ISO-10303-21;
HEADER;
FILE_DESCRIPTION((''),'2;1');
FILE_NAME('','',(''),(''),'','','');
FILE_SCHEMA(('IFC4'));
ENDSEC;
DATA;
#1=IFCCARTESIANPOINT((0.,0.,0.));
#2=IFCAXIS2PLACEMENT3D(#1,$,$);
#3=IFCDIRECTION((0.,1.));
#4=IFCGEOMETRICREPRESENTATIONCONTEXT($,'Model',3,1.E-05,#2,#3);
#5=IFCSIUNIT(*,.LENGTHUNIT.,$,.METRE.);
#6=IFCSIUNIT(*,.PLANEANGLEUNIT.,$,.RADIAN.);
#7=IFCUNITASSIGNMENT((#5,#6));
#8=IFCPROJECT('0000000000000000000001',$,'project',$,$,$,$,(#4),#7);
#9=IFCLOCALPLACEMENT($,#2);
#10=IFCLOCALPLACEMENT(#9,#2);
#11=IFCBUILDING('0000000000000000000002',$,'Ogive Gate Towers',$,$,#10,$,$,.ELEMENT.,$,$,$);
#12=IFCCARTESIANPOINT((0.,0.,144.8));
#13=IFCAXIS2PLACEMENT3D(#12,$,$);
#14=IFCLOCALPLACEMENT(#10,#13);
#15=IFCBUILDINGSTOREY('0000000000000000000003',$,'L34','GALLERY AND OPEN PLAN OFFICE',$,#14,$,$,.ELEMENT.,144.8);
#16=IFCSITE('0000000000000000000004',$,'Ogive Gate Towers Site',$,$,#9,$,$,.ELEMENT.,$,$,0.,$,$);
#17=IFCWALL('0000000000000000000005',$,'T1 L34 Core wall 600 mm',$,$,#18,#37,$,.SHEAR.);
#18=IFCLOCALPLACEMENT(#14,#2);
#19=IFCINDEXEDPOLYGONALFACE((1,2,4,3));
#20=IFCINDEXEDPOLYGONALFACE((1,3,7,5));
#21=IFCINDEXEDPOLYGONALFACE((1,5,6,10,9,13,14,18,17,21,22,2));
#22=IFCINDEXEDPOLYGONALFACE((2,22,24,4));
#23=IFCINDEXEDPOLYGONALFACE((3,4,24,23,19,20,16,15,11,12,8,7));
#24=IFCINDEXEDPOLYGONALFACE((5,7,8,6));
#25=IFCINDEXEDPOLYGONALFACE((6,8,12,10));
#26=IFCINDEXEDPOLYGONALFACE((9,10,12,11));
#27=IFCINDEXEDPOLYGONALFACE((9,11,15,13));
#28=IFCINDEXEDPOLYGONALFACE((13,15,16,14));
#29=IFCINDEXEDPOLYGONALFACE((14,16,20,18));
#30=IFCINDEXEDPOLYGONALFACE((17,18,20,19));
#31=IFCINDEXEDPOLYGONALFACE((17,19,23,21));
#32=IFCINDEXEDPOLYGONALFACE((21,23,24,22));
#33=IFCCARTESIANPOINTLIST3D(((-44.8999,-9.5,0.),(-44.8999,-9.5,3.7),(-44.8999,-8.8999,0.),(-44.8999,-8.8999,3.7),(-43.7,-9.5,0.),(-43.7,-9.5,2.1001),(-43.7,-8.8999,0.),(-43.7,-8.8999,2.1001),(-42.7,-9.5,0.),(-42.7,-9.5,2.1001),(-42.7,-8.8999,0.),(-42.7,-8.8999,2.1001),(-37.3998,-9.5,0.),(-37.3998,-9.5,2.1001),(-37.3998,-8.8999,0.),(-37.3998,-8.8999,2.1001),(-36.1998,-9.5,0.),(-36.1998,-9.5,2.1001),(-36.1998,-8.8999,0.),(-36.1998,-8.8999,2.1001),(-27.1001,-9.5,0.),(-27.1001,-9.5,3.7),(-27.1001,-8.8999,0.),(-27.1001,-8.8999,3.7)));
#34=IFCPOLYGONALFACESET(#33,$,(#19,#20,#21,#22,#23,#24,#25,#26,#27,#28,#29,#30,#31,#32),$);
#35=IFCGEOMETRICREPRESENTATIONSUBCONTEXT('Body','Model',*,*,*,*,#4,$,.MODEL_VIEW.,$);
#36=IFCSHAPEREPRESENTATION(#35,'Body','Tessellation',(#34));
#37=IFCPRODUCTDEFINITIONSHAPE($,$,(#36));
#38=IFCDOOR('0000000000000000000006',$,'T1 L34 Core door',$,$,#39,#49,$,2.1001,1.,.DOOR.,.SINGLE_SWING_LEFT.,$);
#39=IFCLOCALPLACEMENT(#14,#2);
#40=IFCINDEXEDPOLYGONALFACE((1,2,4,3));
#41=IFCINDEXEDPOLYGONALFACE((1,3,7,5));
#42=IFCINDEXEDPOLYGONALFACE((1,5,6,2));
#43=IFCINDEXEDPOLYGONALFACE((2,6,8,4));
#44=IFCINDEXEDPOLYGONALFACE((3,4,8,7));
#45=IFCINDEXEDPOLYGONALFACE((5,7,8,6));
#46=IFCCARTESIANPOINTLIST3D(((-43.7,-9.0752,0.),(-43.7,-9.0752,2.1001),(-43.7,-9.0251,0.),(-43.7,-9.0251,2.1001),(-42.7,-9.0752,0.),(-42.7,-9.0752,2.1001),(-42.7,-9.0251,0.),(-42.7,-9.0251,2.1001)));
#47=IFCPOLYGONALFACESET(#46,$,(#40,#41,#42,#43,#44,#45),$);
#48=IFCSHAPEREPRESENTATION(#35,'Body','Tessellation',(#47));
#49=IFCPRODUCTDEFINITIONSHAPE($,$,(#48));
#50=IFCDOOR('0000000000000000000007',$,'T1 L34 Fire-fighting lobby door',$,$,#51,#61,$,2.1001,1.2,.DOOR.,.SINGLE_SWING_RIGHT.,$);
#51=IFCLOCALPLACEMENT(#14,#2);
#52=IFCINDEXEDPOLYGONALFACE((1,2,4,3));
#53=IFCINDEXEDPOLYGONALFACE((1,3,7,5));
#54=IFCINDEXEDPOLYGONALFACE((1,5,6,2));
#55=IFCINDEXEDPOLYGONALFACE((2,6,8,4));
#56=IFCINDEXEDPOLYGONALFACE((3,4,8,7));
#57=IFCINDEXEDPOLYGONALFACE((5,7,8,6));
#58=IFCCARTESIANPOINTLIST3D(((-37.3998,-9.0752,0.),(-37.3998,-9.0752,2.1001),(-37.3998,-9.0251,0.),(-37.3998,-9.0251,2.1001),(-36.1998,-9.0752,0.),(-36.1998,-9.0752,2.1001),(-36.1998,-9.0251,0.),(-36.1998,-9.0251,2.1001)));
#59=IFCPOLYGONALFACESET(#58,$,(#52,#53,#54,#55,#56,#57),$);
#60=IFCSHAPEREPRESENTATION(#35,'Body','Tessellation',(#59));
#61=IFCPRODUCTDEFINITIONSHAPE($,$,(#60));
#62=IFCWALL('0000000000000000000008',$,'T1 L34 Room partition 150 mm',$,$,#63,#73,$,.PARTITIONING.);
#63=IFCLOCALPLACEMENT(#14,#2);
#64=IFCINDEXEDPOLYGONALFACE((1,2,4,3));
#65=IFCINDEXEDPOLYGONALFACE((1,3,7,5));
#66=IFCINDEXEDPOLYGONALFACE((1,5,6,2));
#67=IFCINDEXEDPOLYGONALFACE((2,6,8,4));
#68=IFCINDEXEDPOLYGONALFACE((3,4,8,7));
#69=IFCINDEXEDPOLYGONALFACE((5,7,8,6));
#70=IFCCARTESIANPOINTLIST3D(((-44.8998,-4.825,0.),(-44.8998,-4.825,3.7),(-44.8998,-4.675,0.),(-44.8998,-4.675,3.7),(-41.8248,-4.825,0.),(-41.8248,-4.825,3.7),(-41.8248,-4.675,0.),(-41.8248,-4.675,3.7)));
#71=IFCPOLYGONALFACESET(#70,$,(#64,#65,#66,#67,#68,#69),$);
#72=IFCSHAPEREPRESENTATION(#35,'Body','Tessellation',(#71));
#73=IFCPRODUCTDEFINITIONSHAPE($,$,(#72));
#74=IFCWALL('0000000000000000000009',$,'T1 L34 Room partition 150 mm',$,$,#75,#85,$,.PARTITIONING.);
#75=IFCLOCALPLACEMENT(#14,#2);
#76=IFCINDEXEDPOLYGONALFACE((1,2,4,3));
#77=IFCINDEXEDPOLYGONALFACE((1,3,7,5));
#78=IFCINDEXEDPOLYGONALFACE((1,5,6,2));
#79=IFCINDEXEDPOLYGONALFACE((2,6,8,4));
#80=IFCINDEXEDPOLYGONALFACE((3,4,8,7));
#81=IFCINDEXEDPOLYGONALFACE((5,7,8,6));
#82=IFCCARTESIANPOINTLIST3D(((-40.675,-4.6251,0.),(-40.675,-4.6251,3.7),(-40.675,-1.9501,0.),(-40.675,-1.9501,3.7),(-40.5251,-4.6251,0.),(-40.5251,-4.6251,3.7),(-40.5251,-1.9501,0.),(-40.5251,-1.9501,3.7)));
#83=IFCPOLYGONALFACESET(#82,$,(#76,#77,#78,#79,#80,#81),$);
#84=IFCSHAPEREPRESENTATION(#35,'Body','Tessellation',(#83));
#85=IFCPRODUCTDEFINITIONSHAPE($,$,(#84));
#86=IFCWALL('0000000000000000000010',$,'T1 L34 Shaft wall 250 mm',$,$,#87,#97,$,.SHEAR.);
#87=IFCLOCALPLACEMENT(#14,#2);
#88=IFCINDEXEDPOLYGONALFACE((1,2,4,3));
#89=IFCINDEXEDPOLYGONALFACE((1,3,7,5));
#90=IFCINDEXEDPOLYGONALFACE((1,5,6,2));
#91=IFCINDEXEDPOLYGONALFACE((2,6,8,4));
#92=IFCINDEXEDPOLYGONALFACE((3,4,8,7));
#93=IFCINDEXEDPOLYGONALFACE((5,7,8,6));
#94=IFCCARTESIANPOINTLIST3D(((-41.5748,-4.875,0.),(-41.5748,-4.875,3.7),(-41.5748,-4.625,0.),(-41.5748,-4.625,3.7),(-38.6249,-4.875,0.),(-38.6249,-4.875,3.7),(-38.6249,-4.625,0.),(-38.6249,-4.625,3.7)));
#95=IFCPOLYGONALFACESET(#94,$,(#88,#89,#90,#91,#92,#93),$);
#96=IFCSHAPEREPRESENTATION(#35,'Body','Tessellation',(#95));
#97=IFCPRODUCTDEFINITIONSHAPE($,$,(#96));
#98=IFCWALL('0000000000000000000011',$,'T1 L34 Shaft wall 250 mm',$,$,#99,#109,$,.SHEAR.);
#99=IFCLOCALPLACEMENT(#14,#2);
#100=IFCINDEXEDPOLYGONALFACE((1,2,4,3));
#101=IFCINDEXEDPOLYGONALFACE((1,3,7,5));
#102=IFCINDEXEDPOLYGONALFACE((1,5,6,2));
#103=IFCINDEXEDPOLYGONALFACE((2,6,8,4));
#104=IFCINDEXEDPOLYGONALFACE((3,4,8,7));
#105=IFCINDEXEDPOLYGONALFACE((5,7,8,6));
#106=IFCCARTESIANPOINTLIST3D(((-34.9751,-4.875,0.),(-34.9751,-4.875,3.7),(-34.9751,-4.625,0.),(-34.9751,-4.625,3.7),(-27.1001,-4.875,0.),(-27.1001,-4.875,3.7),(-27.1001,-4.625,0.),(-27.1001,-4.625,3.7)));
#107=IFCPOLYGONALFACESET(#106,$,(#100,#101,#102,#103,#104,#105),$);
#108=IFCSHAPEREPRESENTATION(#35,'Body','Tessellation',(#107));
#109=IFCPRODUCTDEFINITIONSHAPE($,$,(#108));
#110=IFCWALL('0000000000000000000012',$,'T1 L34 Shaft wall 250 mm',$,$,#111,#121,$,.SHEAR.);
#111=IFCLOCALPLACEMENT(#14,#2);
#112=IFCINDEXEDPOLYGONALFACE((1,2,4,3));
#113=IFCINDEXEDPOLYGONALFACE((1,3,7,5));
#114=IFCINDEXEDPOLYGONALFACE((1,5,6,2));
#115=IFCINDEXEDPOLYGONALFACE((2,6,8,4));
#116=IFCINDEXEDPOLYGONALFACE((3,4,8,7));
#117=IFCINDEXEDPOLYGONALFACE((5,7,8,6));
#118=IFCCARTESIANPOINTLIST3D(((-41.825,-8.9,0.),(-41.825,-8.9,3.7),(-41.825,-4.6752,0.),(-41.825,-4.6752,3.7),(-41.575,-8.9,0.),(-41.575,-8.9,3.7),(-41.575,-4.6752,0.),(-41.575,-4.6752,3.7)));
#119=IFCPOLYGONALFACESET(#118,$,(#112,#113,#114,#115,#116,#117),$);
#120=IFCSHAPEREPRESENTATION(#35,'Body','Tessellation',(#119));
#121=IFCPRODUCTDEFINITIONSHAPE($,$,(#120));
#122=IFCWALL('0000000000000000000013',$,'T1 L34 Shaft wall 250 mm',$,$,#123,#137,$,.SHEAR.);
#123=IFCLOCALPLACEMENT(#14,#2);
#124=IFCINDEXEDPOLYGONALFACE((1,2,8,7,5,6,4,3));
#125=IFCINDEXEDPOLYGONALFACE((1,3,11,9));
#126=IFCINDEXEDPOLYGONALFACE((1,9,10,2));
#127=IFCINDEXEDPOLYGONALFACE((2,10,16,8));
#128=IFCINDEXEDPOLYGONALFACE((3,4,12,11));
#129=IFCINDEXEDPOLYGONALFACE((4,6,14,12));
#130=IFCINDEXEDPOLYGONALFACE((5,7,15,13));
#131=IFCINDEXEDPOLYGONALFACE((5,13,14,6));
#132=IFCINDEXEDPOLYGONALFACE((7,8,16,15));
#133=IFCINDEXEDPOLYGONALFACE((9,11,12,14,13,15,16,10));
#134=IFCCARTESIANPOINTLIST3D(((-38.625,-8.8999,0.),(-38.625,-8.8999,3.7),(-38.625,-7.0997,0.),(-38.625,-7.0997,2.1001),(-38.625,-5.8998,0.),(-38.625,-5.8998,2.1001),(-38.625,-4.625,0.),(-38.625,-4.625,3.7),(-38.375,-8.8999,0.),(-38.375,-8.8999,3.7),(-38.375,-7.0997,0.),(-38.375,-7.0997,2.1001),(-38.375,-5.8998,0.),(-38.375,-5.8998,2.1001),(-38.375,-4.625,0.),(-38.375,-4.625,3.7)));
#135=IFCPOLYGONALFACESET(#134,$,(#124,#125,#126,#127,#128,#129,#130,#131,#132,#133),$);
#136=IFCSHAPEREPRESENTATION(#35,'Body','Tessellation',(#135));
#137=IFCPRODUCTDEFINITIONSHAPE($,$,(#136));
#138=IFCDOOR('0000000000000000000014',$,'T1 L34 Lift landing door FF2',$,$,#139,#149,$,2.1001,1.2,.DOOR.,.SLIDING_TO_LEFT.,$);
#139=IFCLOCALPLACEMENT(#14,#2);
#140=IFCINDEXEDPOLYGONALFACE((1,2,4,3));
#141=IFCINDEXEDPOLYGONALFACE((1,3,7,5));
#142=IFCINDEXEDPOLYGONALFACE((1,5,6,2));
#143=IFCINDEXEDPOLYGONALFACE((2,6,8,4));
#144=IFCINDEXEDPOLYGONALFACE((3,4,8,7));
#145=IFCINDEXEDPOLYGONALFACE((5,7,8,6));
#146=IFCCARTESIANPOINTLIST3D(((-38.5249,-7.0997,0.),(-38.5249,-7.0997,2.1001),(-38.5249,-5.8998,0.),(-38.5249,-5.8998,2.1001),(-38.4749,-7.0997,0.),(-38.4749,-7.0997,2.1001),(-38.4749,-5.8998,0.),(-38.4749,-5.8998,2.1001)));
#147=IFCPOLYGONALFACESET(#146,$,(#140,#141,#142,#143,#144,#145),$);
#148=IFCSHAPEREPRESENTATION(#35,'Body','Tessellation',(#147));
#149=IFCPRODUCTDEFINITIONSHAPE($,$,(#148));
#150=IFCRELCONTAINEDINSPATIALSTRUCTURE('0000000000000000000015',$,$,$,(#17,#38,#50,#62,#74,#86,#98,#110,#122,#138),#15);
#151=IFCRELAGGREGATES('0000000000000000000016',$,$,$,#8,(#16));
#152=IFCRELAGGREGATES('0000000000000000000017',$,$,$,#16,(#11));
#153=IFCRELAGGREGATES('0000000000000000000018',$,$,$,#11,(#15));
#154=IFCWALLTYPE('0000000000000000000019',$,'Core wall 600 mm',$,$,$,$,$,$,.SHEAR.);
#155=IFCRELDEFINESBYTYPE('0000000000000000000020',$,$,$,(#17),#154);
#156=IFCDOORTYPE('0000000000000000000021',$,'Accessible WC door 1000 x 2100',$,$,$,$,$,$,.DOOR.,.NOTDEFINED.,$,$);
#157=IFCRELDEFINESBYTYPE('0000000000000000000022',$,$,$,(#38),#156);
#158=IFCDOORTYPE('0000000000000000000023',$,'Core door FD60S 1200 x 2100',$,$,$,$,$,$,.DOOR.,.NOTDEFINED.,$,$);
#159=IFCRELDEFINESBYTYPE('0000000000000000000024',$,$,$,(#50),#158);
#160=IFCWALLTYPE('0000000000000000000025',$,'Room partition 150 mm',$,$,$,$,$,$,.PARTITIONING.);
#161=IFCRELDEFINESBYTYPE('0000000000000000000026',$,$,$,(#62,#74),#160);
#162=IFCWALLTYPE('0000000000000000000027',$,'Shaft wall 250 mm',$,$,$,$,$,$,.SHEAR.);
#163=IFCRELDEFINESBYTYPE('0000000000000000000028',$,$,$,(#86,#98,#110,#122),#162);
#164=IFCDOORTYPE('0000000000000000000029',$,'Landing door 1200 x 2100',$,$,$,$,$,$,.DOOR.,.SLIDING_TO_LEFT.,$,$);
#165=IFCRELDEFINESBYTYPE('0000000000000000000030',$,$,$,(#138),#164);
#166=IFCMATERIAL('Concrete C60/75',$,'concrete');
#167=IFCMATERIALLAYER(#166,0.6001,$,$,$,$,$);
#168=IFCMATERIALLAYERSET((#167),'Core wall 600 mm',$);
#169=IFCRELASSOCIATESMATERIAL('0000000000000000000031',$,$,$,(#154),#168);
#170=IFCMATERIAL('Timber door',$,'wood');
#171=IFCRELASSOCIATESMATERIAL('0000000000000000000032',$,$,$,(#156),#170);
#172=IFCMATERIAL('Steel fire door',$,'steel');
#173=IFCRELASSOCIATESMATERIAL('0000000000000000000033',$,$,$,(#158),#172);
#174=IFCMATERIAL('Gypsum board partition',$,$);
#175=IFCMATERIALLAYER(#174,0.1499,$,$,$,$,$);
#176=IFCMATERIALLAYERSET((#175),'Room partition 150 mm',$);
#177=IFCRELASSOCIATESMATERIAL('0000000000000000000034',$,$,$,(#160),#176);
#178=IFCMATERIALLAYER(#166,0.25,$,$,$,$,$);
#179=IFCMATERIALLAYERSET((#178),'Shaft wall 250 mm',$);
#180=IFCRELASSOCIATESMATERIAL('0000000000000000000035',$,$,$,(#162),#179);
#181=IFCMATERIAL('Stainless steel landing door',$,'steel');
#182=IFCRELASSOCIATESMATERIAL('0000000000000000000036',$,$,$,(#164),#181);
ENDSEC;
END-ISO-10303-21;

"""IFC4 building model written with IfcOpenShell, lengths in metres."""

from ifc_helpers import new_model, si_unit, direction, frame, frame_2d, origin, place, context, subcontext, project, spatial, rectangle, extrude, material, layer, layer_set, type_object, element, fill, save


model = new_model("IFC4")

# Units and contexts
model_context = context("Model", 3, precision=1e-05, world=origin(), true_north=direction((0.0, 1.0)))
body_context = subcontext(model_context, "Body", "Model", "MODEL_VIEW")
ifc_project = project(units=[si_unit("LENGTHUNIT", "METRE"), si_unit("PLANEANGLEUNIT", "RADIAN")], contexts=[model_context])

# Site, building, storey
site_placement = place(None, origin())
site = spatial("IfcSite", under=ifc_project, at=site_placement, Name="Ogive Gate Towers Site", CompositionType="ELEMENT", RefElevation=0.0)
building_placement = place(site_placement, origin())
building = spatial("IfcBuilding", under=site, at=building_placement, Name="Ogive Gate Towers", CompositionType="ELEMENT")
storey_placement = place(building_placement, frame((0.0, 0.0, 144.8)))
storey = spatial("IfcBuildingStorey", under=building, at=storey_placement, Name="L34", Description="GALLERY AND OPEN PLAN OFFICE", CompositionType="ELEMENT", Elevation=144.8)

# Wall, openings, doors
ifc_material_1 = material(Name="Concrete C60/75", Category="concrete")
ifc_layer_1 = layer(ifc_material_1, 0.6001)
ifc_layer_set_1 = layer_set([ifc_layer_1], Name="Core wall 600 mm")
wall_type_1 = type_object("IfcWallType", Name="Core wall 600 mm", PredefinedType="SHEAR", material=ifc_layer_set_1)
wall_1_placement = place(storey_placement, frame((-44.8999, -9.2, 0.0), z_axis=(0.0, 0.0, 1.0), x_axis=(1.0, 0.0, 0.0)))
wall_1 = element("IfcWall", 1, at=wall_1_placement, inside=storey, type_object=wall_type_1, Name="T1 L34 Core wall 600 mm", PredefinedType="SHEAR", context=body_context, shape_type="SweptSolid", body=[
    extrude(rectangle(XDim=17.7998, YDim=0.6001, at=frame_2d((8.8999, 0.0))), origin(), (0.0, 0.0, 1.0), 3.7),
])
opening_1_placement = place(wall_1_placement, frame((7.5, 0.0, 0.0)))
opening_1 = element("IfcOpeningElement", 2, at=opening_1_placement, cuts=wall_1, PredefinedType="OPENING", context=body_context, shape_type="SweptSolid", body=[
    extrude(rectangle(XDim=1.2, YDim=2.1001, at=frame_2d((0.6001, 1.05))), frame((0.0, 0.3101, 0.0), z_axis=(0.0, -1.0, 0.0), x_axis=(1.0, 0.0, 0.0)), (0.0, 0.0, 1.0), 0.6201),
])
opening_2_placement = place(wall_1_placement, frame((1.2, 0.0, 0.0)))
opening_2 = element("IfcOpeningElement", 3, at=opening_2_placement, cuts=wall_1, PredefinedType="OPENING", context=body_context, shape_type="SweptSolid", body=[
    extrude(rectangle(XDim=1.0, YDim=2.1001, at=frame_2d((0.5, 1.05))), frame((0.0, 0.3101, 0.0), z_axis=(0.0, -1.0, 0.0), x_axis=(1.0, 0.0, 0.0)), (0.0, 0.0, 1.0), 0.6201),
])
ifc_material_2 = material(Name="Timber door", Category="wood")
door_type_1 = type_object("IfcDoorType", Name="Accessible WC door 1000 x 2100", OperationType="NOTDEFINED", PredefinedType="DOOR", material=ifc_material_2)
door_1_placement = place(opening_2_placement, origin())
door_1 = element("IfcDoor", 4, at=door_1_placement, inside=storey, type_object=door_type_1, Name="T1 L34 Core door", OperationType="SINGLE_SWING_LEFT", OverallHeight=2.1001, OverallWidth=1.0, PredefinedType="DOOR", context=body_context, shape_type="SweptSolid", body=[
    extrude(rectangle(XDim=1.0, YDim=2.1001, at=frame_2d((0.5, 1.05))), frame((0.0, 0.1748, 0.0), z_axis=(0.0, -1.0, 0.0), x_axis=(1.0, 0.0, 0.0)), (0.0, 0.0, 1.0), 0.05),
])
fill(opening_2, door_1)
ifc_material_3 = material(Name="Steel fire door", Category="steel")
door_type_2 = type_object("IfcDoorType", Name="Core door FD60S 1200 x 2100", OperationType="NOTDEFINED", PredefinedType="DOOR", material=ifc_material_3)
door_2_placement = place(opening_1_placement, origin())
door_2 = element("IfcDoor", 5, at=door_2_placement, inside=storey, type_object=door_type_2, Name="T1 L34 Fire-fighting lobby door", OperationType="SINGLE_SWING_RIGHT", OverallHeight=2.1001, OverallWidth=1.2, PredefinedType="DOOR", context=body_context, shape_type="SweptSolid", body=[
    extrude(rectangle(XDim=1.2, YDim=2.1001, at=frame_2d((0.6001, 1.05))), frame((0.0, 0.1748, 0.0), z_axis=(0.0, -1.0, 0.0), x_axis=(1.0, 0.0, 0.0)), (0.0, 0.0, 1.0), 0.05),
])
fill(opening_1, door_2)

# Walls
ifc_material_4 = material(Name="Gypsum board partition")
ifc_layer_2 = layer(ifc_material_4, 0.1499)
ifc_layer_set_2 = layer_set([ifc_layer_2], Name="Room partition 150 mm")
wall_type_2 = type_object("IfcWallType", Name="Room partition 150 mm", PredefinedType="PARTITIONING", material=ifc_layer_set_2)
wall_2_placement = place(storey_placement, frame((-44.8999, -4.75, 0.0), z_axis=(0.0, 0.0, 1.0), x_axis=(1.0, 0.0, 0.0)))
element("IfcWall", 6, at=wall_2_placement, inside=storey, type_object=wall_type_2, Name="T1 L34 Room partition 150 mm", PredefinedType="PARTITIONING", context=body_context, shape_type="SweptSolid", body=[
    extrude(rectangle(XDim=3.075, YDim=0.1499, at=frame_2d((1.5376, 0.0))), origin(), (0.0, 0.0, 1.0), 3.7),
])
wall_3_placement = place(storey_placement, frame((-40.6001, -4.625, 0.0), z_axis=(0.0, 0.0, 1.0), x_axis=(0.0, 1.0, 0.0)))
element("IfcWall", 7, at=wall_3_placement, inside=storey, type_object=wall_type_2, Name="T1 L34 Room partition 150 mm", PredefinedType="PARTITIONING", context=body_context, shape_type="SweptSolid", body=[
    extrude(rectangle(XDim=2.675, YDim=0.1499, at=frame_2d((1.3374, 0.0))), origin(), (0.0, 0.0, 1.0), 3.7),
])
ifc_layer_3 = layer(ifc_material_1, 0.25)
ifc_layer_set_3 = layer_set([ifc_layer_3], Name="Shaft wall 250 mm")
wall_type_3 = type_object("IfcWallType", Name="Shaft wall 250 mm", PredefinedType="SHEAR", material=ifc_layer_set_3)
wall_4_placement = place(storey_placement, frame((-41.575, -4.75, 0.0), z_axis=(0.0, 0.0, 1.0), x_axis=(1.0, 0.0, 0.0)))
element("IfcWall", 8, at=wall_4_placement, inside=storey, type_object=wall_type_3, Name="T1 L34 Shaft wall 250 mm", PredefinedType="SHEAR", context=body_context, shape_type="SweptSolid", body=[
    extrude(rectangle(XDim=2.95, YDim=0.25, at=frame_2d((1.4751, 0.0))), origin(), (0.0, 0.0, 1.0), 3.7),
])
wall_5_placement = place(storey_placement, frame((-34.9751, -4.75, 0.0), z_axis=(0.0, 0.0, 1.0), x_axis=(1.0, 0.0, 0.0)))
element("IfcWall", 9, at=wall_5_placement, inside=storey, type_object=wall_type_3, Name="T1 L34 Shaft wall 250 mm", PredefinedType="SHEAR", context=body_context, shape_type="SweptSolid", body=[
    extrude(rectangle(XDim=7.875, YDim=0.25, at=frame_2d((3.9375, 0.0))), origin(), (0.0, 0.0, 1.0), 3.7),
])
wall_6_placement = place(storey_placement, frame((-41.7, -8.8999, 0.0), z_axis=(0.0, 0.0, 1.0), x_axis=(0.0, 1.0, 0.0)))
element("IfcWall", 10, at=wall_6_placement, inside=storey, type_object=wall_type_3, Name="T1 L34 Shaft wall 250 mm", PredefinedType="SHEAR", context=body_context, shape_type="SweptSolid", body=[
    extrude(rectangle(XDim=4.2249, YDim=0.25, at=frame_2d((2.1123, 0.0))), origin(), (0.0, 0.0, 1.0), 3.7),
])

# Wall, opening, door
wall_7_placement = place(storey_placement, frame((-38.5, -8.8999, 0.0), z_axis=(0.0, 0.0, 1.0), x_axis=(0.0, 1.0, 0.0)))
wall_7 = element("IfcWall", 11, at=wall_7_placement, inside=storey, type_object=wall_type_3, Name="T1 L34 Shaft wall 250 mm", PredefinedType="SHEAR", context=body_context, shape_type="SweptSolid", body=[
    extrude(rectangle(XDim=4.2749, YDim=0.25, at=frame_2d((2.1375, 0.0))), origin(), (0.0, 0.0, 1.0), 3.7),
])
opening_3_placement = place(wall_7_placement, frame((1.8, 0.0, 0.0)))
opening_3 = element("IfcOpeningElement", 12, at=opening_3_placement, cuts=wall_7, PredefinedType="OPENING", context=body_context, shape_type="SweptSolid", body=[
    extrude(rectangle(XDim=1.2, YDim=2.1001, at=frame_2d((0.6001, 1.05))), frame((0.0, 0.135, 0.0), z_axis=(0.0, -1.0, 0.0), x_axis=(1.0, 0.0, 0.0)), (0.0, 0.0, 1.0), 0.27),
])
ifc_material_5 = material(Name="Stainless steel landing door", Category="steel")
door_type_3 = type_object("IfcDoorType", Name="Landing door 1200 x 2100", OperationType="SLIDING_TO_LEFT", PredefinedType="DOOR", material=ifc_material_5)
door_3_placement = place(opening_3_placement, origin())
door_3 = element("IfcDoor", 13, at=door_3_placement, inside=storey, type_object=door_type_3, Name="T1 L34 Lift landing door FF2", OperationType="SLIDING_TO_LEFT", OverallHeight=2.1001, OverallWidth=1.2, PredefinedType="DOOR", context=body_context, shape_type="SweptSolid", body=[
    extrude(rectangle(XDim=1.2, YDim=2.1001, at=frame_2d((0.6001, 1.05))), frame((0.0, 0.0249, 0.0), z_axis=(0.0, -1.0, 0.0), x_axis=(1.0, 0.0, 0.0)), (0.0, 0.0, 1.0), 0.05),
])
fill(opening_3, door_3)

save(model, "model.ifc")
